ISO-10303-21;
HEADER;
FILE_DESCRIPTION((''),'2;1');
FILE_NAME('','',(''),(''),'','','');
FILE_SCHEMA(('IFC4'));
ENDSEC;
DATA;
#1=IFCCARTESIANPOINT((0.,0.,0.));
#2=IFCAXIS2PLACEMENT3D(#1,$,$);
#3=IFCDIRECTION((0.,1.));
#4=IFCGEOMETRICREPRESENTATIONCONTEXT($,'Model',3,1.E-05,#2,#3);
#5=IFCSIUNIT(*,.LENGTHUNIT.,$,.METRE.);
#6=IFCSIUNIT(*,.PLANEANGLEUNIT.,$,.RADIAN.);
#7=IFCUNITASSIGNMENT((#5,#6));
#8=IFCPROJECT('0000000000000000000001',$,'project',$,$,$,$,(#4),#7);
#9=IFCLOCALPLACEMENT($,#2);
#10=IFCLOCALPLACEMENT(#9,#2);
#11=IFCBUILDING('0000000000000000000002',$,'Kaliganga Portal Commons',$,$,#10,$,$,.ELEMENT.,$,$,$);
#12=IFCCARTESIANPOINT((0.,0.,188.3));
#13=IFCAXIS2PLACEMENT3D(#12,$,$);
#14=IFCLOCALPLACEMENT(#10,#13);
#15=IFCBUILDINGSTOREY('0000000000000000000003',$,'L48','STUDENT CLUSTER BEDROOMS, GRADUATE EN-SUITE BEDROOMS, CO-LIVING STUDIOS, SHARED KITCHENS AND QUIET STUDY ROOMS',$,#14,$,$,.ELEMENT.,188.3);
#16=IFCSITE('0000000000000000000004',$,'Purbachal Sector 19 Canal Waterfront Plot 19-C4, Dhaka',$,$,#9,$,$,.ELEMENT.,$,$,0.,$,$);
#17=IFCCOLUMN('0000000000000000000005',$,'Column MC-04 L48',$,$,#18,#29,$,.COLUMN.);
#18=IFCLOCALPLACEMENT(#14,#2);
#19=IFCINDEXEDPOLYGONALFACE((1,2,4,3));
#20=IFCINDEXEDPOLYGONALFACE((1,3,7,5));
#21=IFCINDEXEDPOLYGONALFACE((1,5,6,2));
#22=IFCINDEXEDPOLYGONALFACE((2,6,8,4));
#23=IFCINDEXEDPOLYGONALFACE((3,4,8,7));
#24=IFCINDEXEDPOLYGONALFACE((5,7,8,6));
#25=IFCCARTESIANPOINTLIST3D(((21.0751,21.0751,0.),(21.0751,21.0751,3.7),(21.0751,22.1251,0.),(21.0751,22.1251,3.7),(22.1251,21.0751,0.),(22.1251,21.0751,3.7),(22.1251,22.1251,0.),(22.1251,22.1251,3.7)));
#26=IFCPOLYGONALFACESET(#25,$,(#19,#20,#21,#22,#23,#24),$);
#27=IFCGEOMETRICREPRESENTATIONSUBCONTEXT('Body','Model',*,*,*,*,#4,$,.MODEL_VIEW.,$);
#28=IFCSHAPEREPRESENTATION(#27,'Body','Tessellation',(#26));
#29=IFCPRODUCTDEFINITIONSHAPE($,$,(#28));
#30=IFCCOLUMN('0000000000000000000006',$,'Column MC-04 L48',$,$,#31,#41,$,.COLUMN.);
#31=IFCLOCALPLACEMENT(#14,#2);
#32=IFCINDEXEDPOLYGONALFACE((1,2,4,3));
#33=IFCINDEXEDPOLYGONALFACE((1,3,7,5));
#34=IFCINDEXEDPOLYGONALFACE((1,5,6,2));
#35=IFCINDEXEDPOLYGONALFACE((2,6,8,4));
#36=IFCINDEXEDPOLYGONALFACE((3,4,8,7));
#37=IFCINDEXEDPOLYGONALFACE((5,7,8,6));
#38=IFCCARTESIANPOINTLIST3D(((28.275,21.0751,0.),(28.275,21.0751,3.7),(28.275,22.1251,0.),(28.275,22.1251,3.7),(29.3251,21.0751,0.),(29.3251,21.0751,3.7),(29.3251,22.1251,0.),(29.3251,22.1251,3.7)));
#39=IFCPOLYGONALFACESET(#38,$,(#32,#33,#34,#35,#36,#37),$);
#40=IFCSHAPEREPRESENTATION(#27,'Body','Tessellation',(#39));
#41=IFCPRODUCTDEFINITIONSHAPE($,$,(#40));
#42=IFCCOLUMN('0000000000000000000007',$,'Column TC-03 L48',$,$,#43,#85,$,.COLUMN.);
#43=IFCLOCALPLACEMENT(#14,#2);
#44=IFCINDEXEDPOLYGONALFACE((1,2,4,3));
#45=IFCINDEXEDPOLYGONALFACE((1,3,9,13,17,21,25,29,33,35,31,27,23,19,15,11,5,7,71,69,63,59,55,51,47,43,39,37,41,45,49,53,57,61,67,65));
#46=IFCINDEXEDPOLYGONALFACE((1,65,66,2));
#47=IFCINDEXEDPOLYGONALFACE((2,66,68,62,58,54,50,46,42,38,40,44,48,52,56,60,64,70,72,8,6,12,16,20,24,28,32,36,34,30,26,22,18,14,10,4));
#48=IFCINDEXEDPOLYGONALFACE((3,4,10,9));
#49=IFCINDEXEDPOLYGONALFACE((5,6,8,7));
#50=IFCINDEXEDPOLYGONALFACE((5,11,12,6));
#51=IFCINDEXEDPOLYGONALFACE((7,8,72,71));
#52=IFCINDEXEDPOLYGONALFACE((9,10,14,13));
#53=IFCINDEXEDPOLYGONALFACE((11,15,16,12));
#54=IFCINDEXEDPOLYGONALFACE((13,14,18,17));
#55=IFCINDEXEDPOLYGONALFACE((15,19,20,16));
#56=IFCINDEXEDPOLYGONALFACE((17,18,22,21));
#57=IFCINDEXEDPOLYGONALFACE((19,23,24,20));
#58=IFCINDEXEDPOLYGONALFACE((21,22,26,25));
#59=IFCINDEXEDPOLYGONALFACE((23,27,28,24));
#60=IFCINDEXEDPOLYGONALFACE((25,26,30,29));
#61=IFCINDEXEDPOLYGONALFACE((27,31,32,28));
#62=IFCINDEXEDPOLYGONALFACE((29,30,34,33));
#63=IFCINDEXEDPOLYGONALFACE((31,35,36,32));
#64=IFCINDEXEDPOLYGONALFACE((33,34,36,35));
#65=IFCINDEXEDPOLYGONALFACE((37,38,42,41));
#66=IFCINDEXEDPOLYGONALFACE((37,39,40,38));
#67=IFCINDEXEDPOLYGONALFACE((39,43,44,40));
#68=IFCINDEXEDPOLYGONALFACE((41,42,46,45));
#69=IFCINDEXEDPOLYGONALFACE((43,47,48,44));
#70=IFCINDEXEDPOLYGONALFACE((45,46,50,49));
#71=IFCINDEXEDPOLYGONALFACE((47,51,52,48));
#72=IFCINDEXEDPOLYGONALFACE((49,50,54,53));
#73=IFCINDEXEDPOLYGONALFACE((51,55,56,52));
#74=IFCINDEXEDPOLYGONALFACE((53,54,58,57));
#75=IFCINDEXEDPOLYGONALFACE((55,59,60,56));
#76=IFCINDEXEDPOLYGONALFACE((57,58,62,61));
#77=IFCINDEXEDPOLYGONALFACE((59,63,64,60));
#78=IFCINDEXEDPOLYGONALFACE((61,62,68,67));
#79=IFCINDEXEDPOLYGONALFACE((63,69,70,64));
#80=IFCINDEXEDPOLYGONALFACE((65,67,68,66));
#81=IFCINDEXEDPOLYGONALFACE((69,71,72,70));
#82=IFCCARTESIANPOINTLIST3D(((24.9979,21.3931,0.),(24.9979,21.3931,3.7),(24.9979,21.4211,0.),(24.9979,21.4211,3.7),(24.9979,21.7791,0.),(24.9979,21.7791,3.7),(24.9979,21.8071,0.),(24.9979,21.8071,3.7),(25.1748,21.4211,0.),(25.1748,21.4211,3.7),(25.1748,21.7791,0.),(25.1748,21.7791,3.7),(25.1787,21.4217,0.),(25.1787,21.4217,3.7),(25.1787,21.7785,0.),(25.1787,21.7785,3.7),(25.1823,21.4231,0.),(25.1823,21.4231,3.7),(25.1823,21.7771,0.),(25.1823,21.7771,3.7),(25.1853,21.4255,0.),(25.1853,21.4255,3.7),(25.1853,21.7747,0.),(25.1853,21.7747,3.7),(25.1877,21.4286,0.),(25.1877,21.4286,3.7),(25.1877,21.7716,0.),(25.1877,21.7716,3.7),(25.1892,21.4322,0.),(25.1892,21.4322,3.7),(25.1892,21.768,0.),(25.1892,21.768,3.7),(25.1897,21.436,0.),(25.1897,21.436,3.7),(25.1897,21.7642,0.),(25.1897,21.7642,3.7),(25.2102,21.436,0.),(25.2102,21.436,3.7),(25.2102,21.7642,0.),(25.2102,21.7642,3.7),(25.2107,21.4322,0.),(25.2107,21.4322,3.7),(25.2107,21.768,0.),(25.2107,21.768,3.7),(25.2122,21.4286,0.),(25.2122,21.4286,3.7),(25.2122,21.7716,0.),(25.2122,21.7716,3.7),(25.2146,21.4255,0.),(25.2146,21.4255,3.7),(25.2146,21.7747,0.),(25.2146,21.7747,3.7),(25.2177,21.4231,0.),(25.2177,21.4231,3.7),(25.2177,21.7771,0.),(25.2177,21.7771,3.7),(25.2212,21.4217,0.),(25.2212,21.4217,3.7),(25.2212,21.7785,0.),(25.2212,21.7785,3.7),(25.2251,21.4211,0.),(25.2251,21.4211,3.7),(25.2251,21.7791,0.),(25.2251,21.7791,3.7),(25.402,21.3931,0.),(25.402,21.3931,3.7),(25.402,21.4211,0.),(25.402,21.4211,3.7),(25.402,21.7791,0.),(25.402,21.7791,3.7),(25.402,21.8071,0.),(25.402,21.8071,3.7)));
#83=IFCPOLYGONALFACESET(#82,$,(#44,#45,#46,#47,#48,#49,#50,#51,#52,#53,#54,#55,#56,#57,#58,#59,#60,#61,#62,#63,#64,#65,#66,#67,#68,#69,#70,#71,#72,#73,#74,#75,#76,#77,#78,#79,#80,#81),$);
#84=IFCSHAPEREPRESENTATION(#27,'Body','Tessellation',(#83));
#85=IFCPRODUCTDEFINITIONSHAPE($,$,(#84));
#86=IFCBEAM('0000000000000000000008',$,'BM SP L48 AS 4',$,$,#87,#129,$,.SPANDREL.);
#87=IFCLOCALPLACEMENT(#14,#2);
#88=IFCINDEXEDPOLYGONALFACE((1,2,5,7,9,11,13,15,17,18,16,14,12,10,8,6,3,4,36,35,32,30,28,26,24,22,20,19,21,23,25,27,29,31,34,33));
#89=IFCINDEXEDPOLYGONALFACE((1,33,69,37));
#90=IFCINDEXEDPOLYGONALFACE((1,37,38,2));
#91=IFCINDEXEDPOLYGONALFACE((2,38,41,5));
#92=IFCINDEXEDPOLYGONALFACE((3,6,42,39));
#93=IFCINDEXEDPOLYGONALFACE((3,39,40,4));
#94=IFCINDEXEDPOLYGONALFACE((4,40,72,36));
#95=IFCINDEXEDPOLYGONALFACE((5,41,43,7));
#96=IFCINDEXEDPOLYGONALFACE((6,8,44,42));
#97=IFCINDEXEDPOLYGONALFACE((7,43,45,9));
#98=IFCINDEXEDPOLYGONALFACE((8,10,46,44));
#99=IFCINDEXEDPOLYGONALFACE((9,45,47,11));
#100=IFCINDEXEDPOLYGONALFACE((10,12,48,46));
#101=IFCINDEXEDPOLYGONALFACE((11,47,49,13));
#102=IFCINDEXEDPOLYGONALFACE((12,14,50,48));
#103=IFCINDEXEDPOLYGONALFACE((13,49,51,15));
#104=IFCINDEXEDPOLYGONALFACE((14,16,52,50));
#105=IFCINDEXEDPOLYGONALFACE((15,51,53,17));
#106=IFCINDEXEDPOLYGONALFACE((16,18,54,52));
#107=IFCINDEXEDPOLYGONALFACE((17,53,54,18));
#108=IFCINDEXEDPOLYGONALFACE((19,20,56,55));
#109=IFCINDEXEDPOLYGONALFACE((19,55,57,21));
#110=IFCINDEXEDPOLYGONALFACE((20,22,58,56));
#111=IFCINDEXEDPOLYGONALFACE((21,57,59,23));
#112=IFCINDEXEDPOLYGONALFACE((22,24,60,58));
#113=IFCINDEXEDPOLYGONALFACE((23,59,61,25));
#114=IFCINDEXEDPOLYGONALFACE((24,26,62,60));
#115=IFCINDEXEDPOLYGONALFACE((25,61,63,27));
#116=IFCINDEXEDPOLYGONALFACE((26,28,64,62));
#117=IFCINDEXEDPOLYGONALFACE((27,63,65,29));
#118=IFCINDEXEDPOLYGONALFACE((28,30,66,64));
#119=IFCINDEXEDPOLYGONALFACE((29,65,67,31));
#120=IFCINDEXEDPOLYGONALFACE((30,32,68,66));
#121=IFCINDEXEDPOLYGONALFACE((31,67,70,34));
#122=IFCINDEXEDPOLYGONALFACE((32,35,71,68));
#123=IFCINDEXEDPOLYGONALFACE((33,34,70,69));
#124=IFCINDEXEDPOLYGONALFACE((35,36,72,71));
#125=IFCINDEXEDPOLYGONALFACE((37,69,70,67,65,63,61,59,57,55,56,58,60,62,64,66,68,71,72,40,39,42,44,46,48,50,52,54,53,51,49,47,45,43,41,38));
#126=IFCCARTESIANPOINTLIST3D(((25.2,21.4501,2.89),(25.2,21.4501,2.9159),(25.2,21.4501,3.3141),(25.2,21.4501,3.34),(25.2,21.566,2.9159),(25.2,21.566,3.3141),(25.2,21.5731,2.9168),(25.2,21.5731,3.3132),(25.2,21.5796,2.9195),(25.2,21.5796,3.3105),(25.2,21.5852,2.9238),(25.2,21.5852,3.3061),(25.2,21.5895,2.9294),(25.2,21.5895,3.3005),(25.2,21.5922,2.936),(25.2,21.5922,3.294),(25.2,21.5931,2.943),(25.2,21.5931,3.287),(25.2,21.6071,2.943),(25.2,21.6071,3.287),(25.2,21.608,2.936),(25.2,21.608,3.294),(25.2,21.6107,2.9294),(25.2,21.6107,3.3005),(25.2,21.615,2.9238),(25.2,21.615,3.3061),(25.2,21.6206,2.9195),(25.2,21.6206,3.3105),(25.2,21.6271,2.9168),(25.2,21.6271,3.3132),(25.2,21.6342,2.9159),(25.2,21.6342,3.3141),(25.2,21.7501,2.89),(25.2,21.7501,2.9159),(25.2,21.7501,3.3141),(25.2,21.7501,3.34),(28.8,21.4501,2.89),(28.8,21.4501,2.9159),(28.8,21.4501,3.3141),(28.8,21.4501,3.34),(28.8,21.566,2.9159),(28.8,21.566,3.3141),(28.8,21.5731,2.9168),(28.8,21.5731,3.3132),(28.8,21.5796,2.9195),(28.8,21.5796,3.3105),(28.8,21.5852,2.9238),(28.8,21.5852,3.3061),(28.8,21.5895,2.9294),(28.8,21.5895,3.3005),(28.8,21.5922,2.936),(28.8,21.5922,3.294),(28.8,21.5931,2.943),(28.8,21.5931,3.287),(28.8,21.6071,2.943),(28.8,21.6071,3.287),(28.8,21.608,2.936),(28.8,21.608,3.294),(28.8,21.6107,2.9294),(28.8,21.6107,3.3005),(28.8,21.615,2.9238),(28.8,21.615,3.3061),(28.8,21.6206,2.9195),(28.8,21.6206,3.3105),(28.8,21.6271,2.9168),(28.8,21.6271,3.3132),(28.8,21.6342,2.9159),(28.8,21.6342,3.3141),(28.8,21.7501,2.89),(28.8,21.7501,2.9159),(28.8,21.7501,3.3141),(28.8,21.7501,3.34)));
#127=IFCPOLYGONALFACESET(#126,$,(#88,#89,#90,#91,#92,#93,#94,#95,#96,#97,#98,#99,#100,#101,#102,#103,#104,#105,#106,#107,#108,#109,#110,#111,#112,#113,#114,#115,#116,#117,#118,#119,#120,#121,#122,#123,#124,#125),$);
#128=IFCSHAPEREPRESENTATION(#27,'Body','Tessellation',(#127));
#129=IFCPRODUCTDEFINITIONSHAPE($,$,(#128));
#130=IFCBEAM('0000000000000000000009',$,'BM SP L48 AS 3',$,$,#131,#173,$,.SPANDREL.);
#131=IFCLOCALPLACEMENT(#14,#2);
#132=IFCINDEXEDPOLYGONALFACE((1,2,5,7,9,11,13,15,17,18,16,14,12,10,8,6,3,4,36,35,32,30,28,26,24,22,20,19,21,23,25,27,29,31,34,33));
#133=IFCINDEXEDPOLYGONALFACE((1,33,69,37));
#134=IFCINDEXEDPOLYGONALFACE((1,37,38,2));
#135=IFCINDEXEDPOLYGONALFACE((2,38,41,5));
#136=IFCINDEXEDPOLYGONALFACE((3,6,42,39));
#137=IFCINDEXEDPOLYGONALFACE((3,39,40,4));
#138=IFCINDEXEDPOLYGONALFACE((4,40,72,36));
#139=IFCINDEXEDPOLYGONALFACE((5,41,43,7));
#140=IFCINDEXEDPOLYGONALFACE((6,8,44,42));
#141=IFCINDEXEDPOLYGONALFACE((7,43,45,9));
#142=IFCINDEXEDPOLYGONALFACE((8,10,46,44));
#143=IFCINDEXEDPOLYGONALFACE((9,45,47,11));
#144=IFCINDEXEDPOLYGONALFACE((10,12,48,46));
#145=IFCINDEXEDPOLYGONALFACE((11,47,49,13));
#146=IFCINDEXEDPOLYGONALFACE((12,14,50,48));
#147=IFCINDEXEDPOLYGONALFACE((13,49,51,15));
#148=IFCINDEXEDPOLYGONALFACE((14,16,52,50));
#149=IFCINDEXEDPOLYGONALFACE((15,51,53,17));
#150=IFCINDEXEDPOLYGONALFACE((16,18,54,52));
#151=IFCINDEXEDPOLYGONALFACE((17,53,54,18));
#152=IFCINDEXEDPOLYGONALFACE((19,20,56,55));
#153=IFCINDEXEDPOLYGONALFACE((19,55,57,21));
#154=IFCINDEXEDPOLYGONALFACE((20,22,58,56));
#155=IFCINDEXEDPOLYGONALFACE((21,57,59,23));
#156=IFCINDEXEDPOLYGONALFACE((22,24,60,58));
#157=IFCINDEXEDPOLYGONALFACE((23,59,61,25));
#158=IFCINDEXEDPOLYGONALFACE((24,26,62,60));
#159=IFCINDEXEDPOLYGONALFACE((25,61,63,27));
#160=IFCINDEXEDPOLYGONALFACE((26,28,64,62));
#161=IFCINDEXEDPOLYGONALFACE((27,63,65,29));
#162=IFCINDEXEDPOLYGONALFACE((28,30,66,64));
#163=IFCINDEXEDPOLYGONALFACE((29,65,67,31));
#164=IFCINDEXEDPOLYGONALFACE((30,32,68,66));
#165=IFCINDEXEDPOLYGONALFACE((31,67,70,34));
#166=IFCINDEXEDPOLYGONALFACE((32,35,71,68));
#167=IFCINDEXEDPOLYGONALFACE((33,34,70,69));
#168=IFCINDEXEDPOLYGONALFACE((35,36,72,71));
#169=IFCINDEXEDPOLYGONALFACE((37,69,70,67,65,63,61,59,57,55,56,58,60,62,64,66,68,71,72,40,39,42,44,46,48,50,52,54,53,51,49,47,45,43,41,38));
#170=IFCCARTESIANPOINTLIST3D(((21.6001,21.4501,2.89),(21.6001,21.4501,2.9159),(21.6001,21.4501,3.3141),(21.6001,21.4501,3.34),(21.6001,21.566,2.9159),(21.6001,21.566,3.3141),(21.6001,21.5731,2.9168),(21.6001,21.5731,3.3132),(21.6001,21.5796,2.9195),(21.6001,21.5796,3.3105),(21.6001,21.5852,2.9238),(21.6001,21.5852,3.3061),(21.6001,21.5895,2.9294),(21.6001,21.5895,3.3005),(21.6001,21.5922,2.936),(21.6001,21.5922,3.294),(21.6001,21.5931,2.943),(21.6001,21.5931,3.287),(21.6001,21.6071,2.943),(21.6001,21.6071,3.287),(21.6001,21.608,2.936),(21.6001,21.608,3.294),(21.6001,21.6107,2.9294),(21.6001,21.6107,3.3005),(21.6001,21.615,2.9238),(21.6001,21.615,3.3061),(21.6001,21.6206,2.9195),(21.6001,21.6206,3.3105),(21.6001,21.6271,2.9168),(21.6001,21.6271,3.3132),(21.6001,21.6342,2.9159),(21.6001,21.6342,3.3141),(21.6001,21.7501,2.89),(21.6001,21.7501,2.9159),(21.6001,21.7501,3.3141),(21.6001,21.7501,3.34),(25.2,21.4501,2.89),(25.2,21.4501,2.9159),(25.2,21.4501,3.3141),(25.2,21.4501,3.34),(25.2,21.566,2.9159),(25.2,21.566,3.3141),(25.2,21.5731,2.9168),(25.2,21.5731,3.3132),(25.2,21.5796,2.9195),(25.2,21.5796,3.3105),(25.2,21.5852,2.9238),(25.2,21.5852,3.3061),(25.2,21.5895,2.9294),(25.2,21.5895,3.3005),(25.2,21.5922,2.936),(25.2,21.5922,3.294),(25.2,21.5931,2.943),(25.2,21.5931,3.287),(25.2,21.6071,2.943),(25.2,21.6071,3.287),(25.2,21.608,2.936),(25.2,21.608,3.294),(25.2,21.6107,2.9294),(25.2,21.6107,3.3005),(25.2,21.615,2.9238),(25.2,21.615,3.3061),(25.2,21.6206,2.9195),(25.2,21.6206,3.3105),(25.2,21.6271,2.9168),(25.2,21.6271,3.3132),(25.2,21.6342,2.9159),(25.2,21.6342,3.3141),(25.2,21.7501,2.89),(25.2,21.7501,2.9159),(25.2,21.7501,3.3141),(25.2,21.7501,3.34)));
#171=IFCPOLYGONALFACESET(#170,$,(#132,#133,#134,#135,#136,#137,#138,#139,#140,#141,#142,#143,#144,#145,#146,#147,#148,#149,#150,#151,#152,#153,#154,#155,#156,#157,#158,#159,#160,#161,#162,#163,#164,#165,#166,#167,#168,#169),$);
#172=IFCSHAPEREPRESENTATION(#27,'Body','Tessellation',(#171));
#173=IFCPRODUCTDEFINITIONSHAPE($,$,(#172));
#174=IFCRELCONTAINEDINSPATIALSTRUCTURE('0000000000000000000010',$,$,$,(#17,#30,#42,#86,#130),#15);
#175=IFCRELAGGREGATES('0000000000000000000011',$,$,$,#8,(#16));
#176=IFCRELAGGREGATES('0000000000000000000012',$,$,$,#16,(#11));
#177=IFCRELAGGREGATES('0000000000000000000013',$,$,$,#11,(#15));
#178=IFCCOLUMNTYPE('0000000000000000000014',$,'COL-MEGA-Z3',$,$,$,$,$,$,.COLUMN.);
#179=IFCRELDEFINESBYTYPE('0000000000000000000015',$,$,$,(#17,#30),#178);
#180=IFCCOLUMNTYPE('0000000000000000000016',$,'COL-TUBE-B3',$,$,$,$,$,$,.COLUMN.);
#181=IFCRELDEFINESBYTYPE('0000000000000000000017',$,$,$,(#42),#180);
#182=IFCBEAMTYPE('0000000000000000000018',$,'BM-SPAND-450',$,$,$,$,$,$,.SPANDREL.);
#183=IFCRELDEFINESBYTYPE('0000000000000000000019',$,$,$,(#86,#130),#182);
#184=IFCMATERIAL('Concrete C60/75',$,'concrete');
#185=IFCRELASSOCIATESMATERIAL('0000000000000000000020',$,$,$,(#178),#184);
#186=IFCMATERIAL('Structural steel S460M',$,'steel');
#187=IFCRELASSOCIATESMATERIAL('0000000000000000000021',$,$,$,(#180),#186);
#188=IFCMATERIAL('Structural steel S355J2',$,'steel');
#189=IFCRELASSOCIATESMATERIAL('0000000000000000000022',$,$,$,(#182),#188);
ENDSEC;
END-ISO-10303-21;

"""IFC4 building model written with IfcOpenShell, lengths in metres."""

from ifc_helpers import new_model, si_unit, direction, frame, origin, origin_2d, place, context, subcontext, project, spatial, rectangle, i_section, extrude, source, transform, mapped, material, material_profile, profile_set, type_object, element, save


model = new_model("IFC4")

# Units and contexts
model_context = context("Model", 3, precision=1e-05, world=origin(), true_north=direction((0.0, 1.0)))
body_context = subcontext(model_context, "Body", "Model", "MODEL_VIEW")
ifc_project = project(units=[si_unit("LENGTHUNIT", "METRE"), si_unit("PLANEANGLEUNIT", "RADIAN")], contexts=[model_context])

# Site, building, storey
site_placement = place(None, origin())
site = spatial("IfcSite", under=ifc_project, at=site_placement, Name="Purbachal Sector 19 Canal Waterfront Plot 19-C4, Dhaka", CompositionType="ELEMENT", RefElevation=0.0)
building_placement = place(site_placement, origin())
building = spatial("IfcBuilding", under=site, at=building_placement, Name="Kaliganga Portal Commons", CompositionType="ELEMENT")
storey_placement = place(building_placement, frame((0.0, 0.0, 188.3)))
storey = spatial("IfcBuildingStorey", under=building, at=storey_placement, Name="L48", Description="STUDENT CLUSTER BEDROOMS, GRADUATE EN-SUITE BEDROOMS, CO-LIVING STUDIOS, SHARED KITCHENS AND QUIET STUDY ROOMS", CompositionType="ELEMENT", Elevation=188.3)

# Columns
ifc_material_1 = material(Name="Concrete C60/75", Category="concrete")
ifc_material_profile_1 = material_profile(ifc_material_1, rectangle(XDim=1.05, YDim=1.05, at=origin_2d()), Name="RC 1050x1050")
ifc_profile_set_1 = profile_set([ifc_material_profile_1], Name="Concrete C60/75")
column_type_1 = type_object("IfcColumnType", Name="COL-MEGA-Z3", PredefinedType="COLUMN", material=ifc_profile_set_1)
shared_shape_1 = source(origin(), body_context, "Body", "SweptSolid", [
    extrude(rectangle(XDim=1.05, YDim=1.05, at=origin_2d()), origin(), (0.0, 0.0, 1.0), 3.7),
])
for number, where, z_axis, x_axis, name in (
    (1, (21.6001, 21.6001, 0.0), (0.0, 0.0, 1.0), (1.0, 0.0, 0.0), "Column MC-04 L48"),
    (2, (28.8, 21.6001, 0.0), (0.0, 0.0, 1.0), (1.0, 0.0, 0.0), "Column MC-04 L48"),
):
    element("IfcColumn", number, at=place(storey_placement, frame(where, z_axis=z_axis, x_axis=x_axis)), inside=storey, type_object=column_type_1, Name=name, PredefinedType="COLUMN", context=body_context, shape_type="MappedRepresentation", body=[
        mapped(shared_shape_1, transform((0.0, 0.0, 0.0), x_axis=(1.0, 0.0, 0.0), y_axis=(0.0, 1.0, 0.0), z_axis=(0.0, 0.0, 1.0), scale=1.0)),
    ])
ifc_material_2 = material(Name="Structural steel S460M", Category="steel")
ifc_material_profile_2 = material_profile(ifc_material_2, i_section(OverallWidth=0.4041, OverallDepth=0.4141, WebThickness=0.0205, FlangeThickness=0.0281, FilletRadius=0.0149, at=origin_2d()), Name="HD 400x347")
ifc_profile_set_2 = profile_set([ifc_material_profile_2], Name="Structural steel S460M wide-flange")
column_type_2 = type_object("IfcColumnType", Name="COL-TUBE-B3", PredefinedType="COLUMN", material=ifc_profile_set_2)
shared_shape_2 = source(origin(), body_context, "Body", "SweptSolid", [
    extrude(i_section(OverallWidth=0.4041, OverallDepth=0.4141, WebThickness=0.0205, FlangeThickness=0.0281, FilletRadius=0.0149, at=origin_2d()), origin(), (0.0, 0.0, 1.0), 3.7),
])
column_placement = place(storey_placement, frame((25.2, 21.6001, 0.0), z_axis=(0.0, 0.0, 1.0), x_axis=(1.0, 0.0, 0.0)))
element("IfcColumn", 3, at=column_placement, inside=storey, type_object=column_type_2, Name="Column TC-03 L48", PredefinedType="COLUMN", context=body_context, shape_type="MappedRepresentation", body=[
    mapped(shared_shape_2, transform((0.0, 0.0, 0.0), x_axis=(1.0, 0.0, 0.0), y_axis=(0.0, 1.0, 0.0), z_axis=(0.0, 0.0, 1.0), scale=1.0)),
])

# Beams
ifc_material_3 = material(Name="Structural steel S355J2", Category="steel")
ifc_material_profile_3 = material_profile(ifc_material_3, i_section(OverallWidth=0.3, OverallDepth=0.45, WebThickness=0.0139, FlangeThickness=0.0259, FilletRadius=0.0271, at=origin_2d()), Name="HE 450 B")
ifc_profile_set_3 = profile_set([ifc_material_profile_3], Name="Structural steel S355J2 wide-flange")
beam_type_1 = type_object("IfcBeamType", Name="BM-SPAND-450", PredefinedType="SPANDREL", material=ifc_profile_set_3)
shared_shape_3 = source(origin(), body_context, "Body", "SweptSolid", [
    extrude(i_section(OverallWidth=0.3, OverallDepth=0.45, WebThickness=0.0139, FlangeThickness=0.0259, FilletRadius=0.0271, at=origin_2d()), origin(), (0.0, 0.0, 1.0), 3.6001),
])
beam_1_placement = place(storey_placement, frame((25.2, 21.6001, 3.115), z_axis=(1.0, 0.0, 0.0), x_axis=(0.0, 1.0, 0.0)))
element("IfcBeam", 4, at=beam_1_placement, inside=storey, type_object=beam_type_1, Name="BM SP L48 AS 4", PredefinedType="SPANDREL", context=body_context, shape_type="MappedRepresentation", body=[
    mapped(shared_shape_3, transform((0.0, 0.0, 0.0), x_axis=(1.0, 0.0, 0.0), y_axis=(0.0, 1.0, 0.0), z_axis=(0.0, 0.0, 1.0), scale=1.0)),
])
shared_shape_4 = source(origin(), body_context, "Body", "SweptSolid", [
    extrude(i_section(OverallWidth=0.3, OverallDepth=0.45, WebThickness=0.0139, FlangeThickness=0.0259, FilletRadius=0.0271, at=origin_2d()), origin(), (0.0, 0.0, 1.0), 3.5999),
])
beam_2_placement = place(storey_placement, frame((21.6001, 21.6001, 3.115), z_axis=(1.0, 0.0, 0.0), x_axis=(0.0, 1.0, 0.0)))
element("IfcBeam", 5, at=beam_2_placement, inside=storey, type_object=beam_type_1, Name="BM SP L48 AS 3", PredefinedType="SPANDREL", context=body_context, shape_type="MappedRepresentation", body=[
    mapped(shared_shape_4, transform((0.0, 0.0, 0.0), x_axis=(1.0, 0.0, 0.0), y_axis=(0.0, 1.0, 0.0), z_axis=(0.0, 0.0, 1.0), scale=1.0)),
])

save(model, "model.ifc")
